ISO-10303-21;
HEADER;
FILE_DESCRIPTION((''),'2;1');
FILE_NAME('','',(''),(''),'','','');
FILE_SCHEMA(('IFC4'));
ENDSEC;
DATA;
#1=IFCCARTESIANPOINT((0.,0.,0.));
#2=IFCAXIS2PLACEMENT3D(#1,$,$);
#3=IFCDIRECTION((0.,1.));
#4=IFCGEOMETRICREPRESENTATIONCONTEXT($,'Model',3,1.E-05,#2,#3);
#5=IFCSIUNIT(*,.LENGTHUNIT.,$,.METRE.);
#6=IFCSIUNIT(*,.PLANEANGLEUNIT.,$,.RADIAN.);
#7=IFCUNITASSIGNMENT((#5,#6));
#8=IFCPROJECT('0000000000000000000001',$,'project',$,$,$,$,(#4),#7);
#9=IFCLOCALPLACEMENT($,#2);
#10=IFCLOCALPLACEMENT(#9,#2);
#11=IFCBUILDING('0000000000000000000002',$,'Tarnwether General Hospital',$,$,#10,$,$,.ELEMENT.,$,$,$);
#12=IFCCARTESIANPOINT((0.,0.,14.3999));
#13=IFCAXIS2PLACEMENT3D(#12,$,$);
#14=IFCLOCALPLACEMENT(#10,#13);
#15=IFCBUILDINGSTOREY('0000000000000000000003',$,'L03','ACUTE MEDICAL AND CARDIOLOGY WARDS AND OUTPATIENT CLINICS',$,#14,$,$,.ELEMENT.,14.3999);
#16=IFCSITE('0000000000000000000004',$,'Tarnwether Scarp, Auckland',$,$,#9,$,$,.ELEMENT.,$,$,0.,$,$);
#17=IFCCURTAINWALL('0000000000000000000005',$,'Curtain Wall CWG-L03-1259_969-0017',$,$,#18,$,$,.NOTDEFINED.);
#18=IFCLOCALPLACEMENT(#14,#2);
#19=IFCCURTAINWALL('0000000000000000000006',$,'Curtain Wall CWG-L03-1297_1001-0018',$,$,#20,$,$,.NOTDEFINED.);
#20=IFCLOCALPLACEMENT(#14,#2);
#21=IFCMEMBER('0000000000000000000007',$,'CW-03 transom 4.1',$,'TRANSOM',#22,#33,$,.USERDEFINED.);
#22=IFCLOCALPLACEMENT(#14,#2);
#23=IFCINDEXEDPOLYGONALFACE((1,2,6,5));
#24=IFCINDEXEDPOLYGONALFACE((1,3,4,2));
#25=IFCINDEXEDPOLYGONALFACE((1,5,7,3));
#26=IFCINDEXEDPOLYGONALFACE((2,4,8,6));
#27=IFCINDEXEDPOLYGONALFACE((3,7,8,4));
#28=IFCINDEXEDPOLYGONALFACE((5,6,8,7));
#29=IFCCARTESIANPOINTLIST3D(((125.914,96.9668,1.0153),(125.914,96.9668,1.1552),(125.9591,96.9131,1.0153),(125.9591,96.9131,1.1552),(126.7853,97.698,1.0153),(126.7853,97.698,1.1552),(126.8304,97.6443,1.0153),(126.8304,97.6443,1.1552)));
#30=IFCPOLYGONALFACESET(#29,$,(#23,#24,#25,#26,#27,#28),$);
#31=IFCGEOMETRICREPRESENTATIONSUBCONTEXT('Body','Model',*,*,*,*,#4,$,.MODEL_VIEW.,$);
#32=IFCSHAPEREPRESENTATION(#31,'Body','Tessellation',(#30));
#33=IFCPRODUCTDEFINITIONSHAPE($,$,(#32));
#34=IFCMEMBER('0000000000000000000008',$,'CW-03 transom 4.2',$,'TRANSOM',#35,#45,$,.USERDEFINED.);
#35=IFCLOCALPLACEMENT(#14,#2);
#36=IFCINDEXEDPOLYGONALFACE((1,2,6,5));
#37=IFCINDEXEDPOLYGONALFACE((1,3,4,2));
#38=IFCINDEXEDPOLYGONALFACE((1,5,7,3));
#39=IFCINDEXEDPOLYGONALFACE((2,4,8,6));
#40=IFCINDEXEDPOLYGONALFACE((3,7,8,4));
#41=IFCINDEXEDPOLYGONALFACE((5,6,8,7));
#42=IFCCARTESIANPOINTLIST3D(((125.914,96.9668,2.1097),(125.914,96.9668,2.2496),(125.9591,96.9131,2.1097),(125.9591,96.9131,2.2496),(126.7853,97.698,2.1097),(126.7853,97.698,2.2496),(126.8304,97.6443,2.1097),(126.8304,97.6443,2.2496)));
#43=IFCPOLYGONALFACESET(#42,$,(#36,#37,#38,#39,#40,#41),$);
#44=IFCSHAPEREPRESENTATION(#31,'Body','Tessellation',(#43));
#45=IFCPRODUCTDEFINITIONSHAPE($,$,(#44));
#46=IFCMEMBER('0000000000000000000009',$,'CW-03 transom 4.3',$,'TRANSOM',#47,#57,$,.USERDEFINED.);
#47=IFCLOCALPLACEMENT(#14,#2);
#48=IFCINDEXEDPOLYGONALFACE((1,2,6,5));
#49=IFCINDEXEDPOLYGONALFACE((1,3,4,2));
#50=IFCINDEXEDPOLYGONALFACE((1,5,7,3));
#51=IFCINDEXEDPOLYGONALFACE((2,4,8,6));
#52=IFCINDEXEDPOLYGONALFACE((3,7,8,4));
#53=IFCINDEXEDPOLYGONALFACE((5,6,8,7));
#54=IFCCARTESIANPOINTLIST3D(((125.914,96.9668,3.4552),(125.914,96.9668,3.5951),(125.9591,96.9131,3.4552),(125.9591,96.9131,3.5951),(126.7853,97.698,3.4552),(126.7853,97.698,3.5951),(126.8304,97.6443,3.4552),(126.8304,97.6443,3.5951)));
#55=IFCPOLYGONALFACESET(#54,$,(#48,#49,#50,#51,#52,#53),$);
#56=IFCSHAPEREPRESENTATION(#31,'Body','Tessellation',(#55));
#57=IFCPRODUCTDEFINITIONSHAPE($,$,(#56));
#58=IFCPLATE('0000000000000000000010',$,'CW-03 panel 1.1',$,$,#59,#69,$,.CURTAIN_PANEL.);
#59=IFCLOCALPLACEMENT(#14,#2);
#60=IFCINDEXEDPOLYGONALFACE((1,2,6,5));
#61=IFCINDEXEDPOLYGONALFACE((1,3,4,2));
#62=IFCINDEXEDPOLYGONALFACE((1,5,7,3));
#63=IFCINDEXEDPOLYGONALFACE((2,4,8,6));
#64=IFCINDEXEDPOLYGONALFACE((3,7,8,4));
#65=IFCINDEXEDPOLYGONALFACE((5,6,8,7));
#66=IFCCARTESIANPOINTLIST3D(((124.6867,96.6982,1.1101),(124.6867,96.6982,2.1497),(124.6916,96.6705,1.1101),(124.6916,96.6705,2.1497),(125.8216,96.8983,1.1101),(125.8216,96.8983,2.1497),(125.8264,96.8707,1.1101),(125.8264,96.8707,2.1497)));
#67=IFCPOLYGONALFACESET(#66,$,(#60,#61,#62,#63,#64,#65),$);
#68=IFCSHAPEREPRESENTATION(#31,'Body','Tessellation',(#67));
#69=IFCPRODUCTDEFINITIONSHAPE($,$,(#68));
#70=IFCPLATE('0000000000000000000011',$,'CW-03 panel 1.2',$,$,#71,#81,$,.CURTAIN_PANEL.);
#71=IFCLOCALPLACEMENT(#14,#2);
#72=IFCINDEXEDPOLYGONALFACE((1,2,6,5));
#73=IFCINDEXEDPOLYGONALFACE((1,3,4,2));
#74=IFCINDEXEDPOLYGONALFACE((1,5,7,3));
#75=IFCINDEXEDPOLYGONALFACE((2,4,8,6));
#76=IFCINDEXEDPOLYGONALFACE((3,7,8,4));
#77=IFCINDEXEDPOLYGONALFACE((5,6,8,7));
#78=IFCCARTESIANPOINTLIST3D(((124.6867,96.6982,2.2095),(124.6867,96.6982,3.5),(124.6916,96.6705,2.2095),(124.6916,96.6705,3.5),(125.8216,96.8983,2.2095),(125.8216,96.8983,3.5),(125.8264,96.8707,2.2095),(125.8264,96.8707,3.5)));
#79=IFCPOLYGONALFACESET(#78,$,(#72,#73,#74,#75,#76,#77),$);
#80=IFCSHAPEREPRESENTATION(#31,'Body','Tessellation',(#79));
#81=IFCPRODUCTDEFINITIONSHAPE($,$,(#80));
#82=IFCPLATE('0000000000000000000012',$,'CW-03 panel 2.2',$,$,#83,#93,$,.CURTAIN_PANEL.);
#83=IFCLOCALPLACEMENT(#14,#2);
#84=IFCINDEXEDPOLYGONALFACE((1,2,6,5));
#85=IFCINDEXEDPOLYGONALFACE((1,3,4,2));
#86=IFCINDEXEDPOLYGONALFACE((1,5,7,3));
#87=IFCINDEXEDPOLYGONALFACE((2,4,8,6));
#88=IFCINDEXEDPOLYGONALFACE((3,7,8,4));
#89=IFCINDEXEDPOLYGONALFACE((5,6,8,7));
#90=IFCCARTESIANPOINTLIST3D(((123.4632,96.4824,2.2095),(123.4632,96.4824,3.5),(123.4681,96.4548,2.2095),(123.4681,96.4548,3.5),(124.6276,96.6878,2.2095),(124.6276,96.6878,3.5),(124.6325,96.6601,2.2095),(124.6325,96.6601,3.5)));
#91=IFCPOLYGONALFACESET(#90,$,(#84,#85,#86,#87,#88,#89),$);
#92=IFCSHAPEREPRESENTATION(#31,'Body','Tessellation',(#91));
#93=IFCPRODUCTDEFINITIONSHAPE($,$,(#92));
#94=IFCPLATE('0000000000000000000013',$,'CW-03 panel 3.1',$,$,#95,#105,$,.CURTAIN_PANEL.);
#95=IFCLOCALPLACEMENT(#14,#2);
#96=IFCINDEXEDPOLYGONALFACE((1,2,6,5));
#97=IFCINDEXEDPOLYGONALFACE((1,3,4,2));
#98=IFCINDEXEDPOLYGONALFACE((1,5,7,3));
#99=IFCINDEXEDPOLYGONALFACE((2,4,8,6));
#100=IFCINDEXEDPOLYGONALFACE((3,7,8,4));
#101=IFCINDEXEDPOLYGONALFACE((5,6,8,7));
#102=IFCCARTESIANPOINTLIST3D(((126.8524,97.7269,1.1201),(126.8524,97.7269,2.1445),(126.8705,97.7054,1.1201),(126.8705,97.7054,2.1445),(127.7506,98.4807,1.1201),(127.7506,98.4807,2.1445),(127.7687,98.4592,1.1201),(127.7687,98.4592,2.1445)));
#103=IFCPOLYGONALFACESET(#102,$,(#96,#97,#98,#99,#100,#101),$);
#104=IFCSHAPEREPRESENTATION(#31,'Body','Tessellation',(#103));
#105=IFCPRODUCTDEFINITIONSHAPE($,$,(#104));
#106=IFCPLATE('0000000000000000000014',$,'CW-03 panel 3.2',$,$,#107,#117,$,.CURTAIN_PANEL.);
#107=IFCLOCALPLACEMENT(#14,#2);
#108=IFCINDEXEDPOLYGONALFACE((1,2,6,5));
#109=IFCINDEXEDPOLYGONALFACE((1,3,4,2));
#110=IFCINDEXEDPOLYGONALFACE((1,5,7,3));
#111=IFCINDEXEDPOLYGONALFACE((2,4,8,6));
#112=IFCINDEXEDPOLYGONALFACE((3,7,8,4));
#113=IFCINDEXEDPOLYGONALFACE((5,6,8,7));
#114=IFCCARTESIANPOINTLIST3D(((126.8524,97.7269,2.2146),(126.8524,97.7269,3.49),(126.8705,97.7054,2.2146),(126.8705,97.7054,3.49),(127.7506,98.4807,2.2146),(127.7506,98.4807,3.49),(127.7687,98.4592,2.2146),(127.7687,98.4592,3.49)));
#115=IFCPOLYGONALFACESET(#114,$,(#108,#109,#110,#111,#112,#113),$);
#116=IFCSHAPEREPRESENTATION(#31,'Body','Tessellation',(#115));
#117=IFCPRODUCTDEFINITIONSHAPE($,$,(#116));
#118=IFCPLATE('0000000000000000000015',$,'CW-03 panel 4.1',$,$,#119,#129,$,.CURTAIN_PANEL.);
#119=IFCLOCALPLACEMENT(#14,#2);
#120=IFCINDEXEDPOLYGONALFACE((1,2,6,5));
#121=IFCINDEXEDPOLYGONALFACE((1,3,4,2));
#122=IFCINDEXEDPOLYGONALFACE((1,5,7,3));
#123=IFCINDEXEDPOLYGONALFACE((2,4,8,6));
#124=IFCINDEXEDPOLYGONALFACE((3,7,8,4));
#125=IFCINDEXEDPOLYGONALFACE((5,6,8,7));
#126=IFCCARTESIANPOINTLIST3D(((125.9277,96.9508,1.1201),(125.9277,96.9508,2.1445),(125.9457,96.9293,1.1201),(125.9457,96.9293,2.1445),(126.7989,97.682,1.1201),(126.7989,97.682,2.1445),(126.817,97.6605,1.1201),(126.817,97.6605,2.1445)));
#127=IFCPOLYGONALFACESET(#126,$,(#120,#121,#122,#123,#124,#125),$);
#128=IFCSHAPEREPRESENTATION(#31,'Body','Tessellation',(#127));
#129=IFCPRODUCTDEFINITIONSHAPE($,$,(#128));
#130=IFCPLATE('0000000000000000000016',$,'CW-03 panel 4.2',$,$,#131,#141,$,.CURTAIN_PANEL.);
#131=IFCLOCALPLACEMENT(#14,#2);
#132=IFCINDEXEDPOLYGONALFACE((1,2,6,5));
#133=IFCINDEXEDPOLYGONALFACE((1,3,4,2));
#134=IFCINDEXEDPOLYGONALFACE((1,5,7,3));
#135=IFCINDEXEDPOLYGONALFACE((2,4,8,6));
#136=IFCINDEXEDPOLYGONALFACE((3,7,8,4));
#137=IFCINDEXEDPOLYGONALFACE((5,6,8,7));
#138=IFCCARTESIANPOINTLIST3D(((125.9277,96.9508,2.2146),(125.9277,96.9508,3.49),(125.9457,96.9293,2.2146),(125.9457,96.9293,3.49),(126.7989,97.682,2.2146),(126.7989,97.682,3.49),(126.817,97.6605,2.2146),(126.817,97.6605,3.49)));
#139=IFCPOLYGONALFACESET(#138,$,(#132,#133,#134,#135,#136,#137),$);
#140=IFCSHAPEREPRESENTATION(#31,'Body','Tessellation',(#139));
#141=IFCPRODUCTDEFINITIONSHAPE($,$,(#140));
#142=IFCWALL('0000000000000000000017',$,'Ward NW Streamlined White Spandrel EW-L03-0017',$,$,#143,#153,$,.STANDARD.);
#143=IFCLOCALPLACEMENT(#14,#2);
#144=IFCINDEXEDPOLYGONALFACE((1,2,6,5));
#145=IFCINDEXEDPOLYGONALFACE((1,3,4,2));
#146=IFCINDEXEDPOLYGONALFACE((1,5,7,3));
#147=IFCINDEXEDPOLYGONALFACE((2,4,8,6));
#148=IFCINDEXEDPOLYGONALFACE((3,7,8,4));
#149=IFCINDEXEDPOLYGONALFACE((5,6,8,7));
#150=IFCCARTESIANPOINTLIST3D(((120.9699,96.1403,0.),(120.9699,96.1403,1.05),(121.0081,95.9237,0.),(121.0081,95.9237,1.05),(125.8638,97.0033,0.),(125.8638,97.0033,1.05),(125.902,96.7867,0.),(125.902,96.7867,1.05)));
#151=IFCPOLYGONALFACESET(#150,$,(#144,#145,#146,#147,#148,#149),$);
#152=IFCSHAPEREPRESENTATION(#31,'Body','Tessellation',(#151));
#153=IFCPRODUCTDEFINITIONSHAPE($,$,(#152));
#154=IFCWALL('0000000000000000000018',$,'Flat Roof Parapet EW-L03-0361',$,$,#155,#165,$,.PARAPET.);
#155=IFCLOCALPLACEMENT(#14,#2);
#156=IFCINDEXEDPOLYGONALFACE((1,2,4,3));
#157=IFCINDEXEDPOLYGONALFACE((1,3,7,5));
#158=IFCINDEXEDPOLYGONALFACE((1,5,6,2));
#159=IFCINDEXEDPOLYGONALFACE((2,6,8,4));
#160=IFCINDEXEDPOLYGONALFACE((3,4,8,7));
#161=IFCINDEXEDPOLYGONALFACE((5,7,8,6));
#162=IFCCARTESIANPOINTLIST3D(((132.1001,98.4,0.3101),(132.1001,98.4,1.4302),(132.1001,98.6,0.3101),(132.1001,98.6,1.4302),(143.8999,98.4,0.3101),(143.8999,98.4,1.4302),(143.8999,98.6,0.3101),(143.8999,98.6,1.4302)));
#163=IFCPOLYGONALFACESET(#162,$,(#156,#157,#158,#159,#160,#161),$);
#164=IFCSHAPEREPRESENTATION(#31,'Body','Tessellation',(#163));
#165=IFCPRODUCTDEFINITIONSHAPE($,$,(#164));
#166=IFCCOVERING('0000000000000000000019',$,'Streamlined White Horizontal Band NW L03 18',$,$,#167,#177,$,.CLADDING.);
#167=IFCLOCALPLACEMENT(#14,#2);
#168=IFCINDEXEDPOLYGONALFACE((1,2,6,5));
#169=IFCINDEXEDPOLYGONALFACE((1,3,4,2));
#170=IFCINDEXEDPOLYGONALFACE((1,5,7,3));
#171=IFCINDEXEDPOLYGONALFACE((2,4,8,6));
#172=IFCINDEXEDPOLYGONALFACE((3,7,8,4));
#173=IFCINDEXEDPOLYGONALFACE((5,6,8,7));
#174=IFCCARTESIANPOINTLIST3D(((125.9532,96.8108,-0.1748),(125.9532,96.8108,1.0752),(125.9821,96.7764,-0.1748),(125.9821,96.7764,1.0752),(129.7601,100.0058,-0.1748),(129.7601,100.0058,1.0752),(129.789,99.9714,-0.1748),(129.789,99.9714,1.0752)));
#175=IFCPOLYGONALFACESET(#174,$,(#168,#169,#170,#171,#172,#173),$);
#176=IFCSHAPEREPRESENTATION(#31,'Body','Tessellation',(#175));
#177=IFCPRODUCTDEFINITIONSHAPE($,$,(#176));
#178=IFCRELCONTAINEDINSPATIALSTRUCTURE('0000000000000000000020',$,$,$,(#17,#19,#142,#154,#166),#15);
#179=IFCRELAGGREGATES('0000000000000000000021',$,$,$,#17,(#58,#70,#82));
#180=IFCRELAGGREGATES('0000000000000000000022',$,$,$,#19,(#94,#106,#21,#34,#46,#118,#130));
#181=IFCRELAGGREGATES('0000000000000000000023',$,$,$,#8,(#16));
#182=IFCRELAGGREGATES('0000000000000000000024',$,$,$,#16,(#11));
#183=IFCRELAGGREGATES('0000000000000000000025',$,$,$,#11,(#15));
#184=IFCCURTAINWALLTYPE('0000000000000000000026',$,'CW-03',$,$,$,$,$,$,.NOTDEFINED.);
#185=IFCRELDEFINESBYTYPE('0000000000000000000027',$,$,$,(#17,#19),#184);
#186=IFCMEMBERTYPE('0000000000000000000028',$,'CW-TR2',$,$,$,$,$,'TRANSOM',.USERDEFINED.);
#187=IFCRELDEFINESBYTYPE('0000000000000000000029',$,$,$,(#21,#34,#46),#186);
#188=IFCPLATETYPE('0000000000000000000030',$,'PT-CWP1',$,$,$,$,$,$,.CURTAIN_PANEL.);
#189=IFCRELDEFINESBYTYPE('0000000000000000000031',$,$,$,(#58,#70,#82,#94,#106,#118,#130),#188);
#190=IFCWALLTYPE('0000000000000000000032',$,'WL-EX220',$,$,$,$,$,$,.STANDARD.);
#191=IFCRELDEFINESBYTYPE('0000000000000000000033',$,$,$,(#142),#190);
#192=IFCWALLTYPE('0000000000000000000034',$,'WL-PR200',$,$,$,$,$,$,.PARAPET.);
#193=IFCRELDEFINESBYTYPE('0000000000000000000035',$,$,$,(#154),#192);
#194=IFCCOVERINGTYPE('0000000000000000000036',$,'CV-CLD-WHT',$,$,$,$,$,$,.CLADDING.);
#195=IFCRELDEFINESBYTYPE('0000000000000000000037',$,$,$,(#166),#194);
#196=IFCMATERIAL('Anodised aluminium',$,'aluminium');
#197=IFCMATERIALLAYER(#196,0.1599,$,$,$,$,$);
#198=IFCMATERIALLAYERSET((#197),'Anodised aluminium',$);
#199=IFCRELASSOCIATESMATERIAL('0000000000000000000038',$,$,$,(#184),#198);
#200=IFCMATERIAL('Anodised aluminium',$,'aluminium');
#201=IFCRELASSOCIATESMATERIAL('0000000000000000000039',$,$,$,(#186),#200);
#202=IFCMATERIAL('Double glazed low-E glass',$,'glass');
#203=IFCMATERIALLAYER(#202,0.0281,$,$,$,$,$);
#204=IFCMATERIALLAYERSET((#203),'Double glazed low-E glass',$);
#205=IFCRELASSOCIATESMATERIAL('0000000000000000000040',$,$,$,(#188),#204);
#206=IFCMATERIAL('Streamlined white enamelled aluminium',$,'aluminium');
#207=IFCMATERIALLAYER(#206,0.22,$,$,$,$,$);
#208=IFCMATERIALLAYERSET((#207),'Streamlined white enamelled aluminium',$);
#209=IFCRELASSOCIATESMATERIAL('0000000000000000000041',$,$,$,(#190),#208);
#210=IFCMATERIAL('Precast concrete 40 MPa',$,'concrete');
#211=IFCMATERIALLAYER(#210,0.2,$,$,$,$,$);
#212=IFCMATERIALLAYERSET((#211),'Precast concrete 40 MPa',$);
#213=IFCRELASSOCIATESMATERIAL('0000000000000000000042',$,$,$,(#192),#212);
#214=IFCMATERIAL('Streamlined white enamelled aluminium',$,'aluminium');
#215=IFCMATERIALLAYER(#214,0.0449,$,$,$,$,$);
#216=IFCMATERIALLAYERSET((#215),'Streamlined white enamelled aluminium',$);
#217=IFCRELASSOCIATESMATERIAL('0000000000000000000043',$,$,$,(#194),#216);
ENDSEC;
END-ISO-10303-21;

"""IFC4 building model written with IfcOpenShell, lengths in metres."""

from ifc_helpers import new_model, si_unit, direction, frame, frame_2d, origin, origin_2d, place, context, subcontext, project, spatial, rectangle, extrude, material, layer, layer_set, material_profile, profile_set, type_object, element, aggregate, save


model = new_model("IFC4")

# Units and contexts
model_context = context("Model", 3, precision=1e-05, world=origin(), true_north=direction((0.0, 1.0)))
body_context = subcontext(model_context, "Body", "Model", "MODEL_VIEW")
ifc_project = project(units=[si_unit("LENGTHUNIT", "METRE"), si_unit("PLANEANGLEUNIT", "RADIAN")], contexts=[model_context])

# Site, building, storey
site_placement = place(None, origin())
site = spatial("IfcSite", under=ifc_project, at=site_placement, Name="Tarnwether Scarp, Auckland", CompositionType="ELEMENT", RefElevation=0.0)
building_placement = place(site_placement, origin())
building = spatial("IfcBuilding", under=site, at=building_placement, Name="Tarnwether General Hospital", CompositionType="ELEMENT")
storey_placement = place(building_placement, frame((0.0, 0.0, 14.3999)))
storey = spatial("IfcBuildingStorey", under=building, at=storey_placement, Name="L03", Description="ACUTE MEDICAL AND CARDIOLOGY WARDS AND OUTPATIENT CLINICS", CompositionType="ELEMENT", Elevation=14.3999)

# Curtain walls
ifc_material_1 = material(Name="Anodised aluminium", Category="aluminium")
ifc_layer_1 = layer(ifc_material_1, 0.1599)
ifc_layer_set_1 = layer_set([ifc_layer_1], Name="Anodised aluminium")
curtain_wall_type = type_object("IfcCurtainWallType", Name="CW-03", PredefinedType="NOTDEFINED", material=ifc_layer_set_1)
curtain_wall_1_placement = place(storey_placement, origin())
curtain_wall_1 = element("IfcCurtainWall", 1, at=curtain_wall_1_placement, inside=storey, type_object=curtain_wall_type, Name="Curtain Wall CWG-L03-1259_969-0017", PredefinedType="NOTDEFINED")
curtain_wall_2_placement = place(storey_placement, origin())
curtain_wall_2 = element("IfcCurtainWall", 2, at=curtain_wall_2_placement, inside=storey, type_object=curtain_wall_type, Name="Curtain Wall CWG-L03-1297_1001-0018", PredefinedType="NOTDEFINED")

# Members
ifc_material_2 = material(Name="Anodised aluminium", Category="aluminium")
ifc_material_profile_1 = material_profile(ifc_material_2, rectangle(XDim=0.0701, YDim=0.1399, at=origin_2d()), Name="ALU-TRN-70x140")
ifc_profile_set_1 = profile_set([ifc_material_profile_1], Name="Anodised aluminium")
member_type_1 = type_object("IfcMemberType", Name="CW-TR2", ElementType="TRANSOM", PredefinedType="USERDEFINED", material=ifc_profile_set_1)
member_1_placement = place(storey_placement, frame((126.8079, 97.6711, 1.0852), z_axis=(-0.766018, -0.64282, 0.0), x_axis=(0.64282, -0.766018, 0.0)))
member_1 = element("IfcMember", 3, at=member_1_placement, type_object=member_type_1, Name="CW-03 transom 4.1", ObjectType="TRANSOM", PredefinedType="USERDEFINED", context=body_context, shape_type="SweptSolid", body=[
    extrude(rectangle(XDim=0.0701, YDim=0.1399, at=origin_2d()), origin(), (0.0, 0.0, 1.0), 1.1375),
])
member_2_placement = place(storey_placement, frame((126.8079, 97.6711, 2.1797), z_axis=(-0.766018, -0.64282, 0.0), x_axis=(0.64282, -0.766018, 0.0)))
member_2 = element("IfcMember", 4, at=member_2_placement, type_object=member_type_1, Name="CW-03 transom 4.2", ObjectType="TRANSOM", PredefinedType="USERDEFINED", context=body_context, shape_type="SweptSolid", body=[
    extrude(rectangle(XDim=0.0701, YDim=0.1399, at=origin_2d()), origin(), (0.0, 0.0, 1.0), 1.1375),
])
member_3_placement = place(storey_placement, frame((126.8079, 97.6711, 3.5251), z_axis=(-0.766018, -0.64282, 0.0), x_axis=(0.64282, -0.766018, 0.0)))
member_3 = element("IfcMember", 5, at=member_3_placement, type_object=member_type_1, Name="CW-03 transom 4.3", ObjectType="TRANSOM", PredefinedType="USERDEFINED", context=body_context, shape_type="SweptSolid", body=[
    extrude(rectangle(XDim=0.0701, YDim=0.1399, at=origin_2d()), origin(), (0.0, 0.0, 1.0), 1.1375),
])

# Plates
ifc_material_3 = material(Name="Double glazed low-E glass", Category="glass")
ifc_layer_2 = layer(ifc_material_3, 0.0281)
ifc_layer_set_2 = layer_set([ifc_layer_2], Name="Double glazed low-E glass")
plate_type = type_object("IfcPlateType", Name="PT-CWP1", PredefinedType="CURTAIN_PANEL", material=ifc_layer_set_2)
plate_1_placement = place(storey_placement, frame((125.2566, 96.7844, 1.1101), z_axis=(0.0, 0.0, 1.0), x_axis=(-0.984806, -0.173659, 0.0)))
plate_1 = element("IfcPlate", 6, at=plate_1_placement, type_object=plate_type, Name="CW-03 panel 1.1", PredefinedType="CURTAIN_PANEL", context=body_context, shape_type="SweptSolid", body=[
    extrude(rectangle(XDim=1.1523, YDim=0.0281, at=origin_2d()), origin(), (0.0, 0.0, 1.0), 1.0396),
])
plate_2_placement = place(storey_placement, frame((125.2566, 96.7844, 2.2095), z_axis=(0.0, 0.0, 1.0), x_axis=(-0.984806, -0.173659, 0.0)))
plate_2 = element("IfcPlate", 7, at=plate_2_placement, type_object=plate_type, Name="CW-03 panel 1.2", PredefinedType="CURTAIN_PANEL", context=body_context, shape_type="SweptSolid", body=[
    extrude(rectangle(XDim=1.1523, YDim=0.0281, at=origin_2d()), origin(), (0.0, 0.0, 1.0), 1.2905),
])
plate_3_placement = place(storey_placement, frame((124.0479, 96.5713, 2.2095), z_axis=(0.0, 0.0, 1.0), x_axis=(-0.984806, -0.173659, 0.0)))
plate_3 = element("IfcPlate", 8, at=plate_3_placement, type_object=plate_type, Name="CW-03 panel 2.2", PredefinedType="CURTAIN_PANEL", context=body_context, shape_type="SweptSolid", body=[
    extrude(rectangle(XDim=1.1824, YDim=0.0281, at=origin_2d()), origin(), (0.0, 0.0, 1.0), 1.2905),
])
aggregate(curtain_wall_1, [plate_1, plate_2, plate_3])
plate_4_placement = place(storey_placement, frame((127.3105, 98.093, 1.1201), z_axis=(0.0, 0.0, 1.0), x_axis=(-0.76599, -0.642852, 0.0)))
plate_4 = element("IfcPlate", 9, at=plate_4_placement, type_object=plate_type, Name="CW-03 panel 3.1", PredefinedType="CURTAIN_PANEL", context=body_context, shape_type="SweptSolid", body=[
    extrude(rectangle(XDim=1.1726, YDim=0.0281, at=origin_2d()), origin(), (0.0, 0.0, 1.0), 1.0244),
])
plate_5_placement = place(storey_placement, frame((127.3105, 98.093, 2.2146), z_axis=(0.0, 0.0, 1.0), x_axis=(-0.76599, -0.642852, 0.0)))
plate_5 = element("IfcPlate", 10, at=plate_5_placement, type_object=plate_type, Name="CW-03 panel 3.2", PredefinedType="CURTAIN_PANEL", context=body_context, shape_type="SweptSolid", body=[
    extrude(rectangle(XDim=1.1726, YDim=0.0281, at=origin_2d()), origin(), (0.0, 0.0, 1.0), 1.2754),
])
plate_6_placement = place(storey_placement, frame((126.3723, 97.3057, 1.1201), z_axis=(0.0, 0.0, 1.0), x_axis=(-0.76599, -0.642852, 0.0)))
plate_6 = element("IfcPlate", 11, at=plate_6_placement, type_object=plate_type, Name="CW-03 panel 4.1", PredefinedType="CURTAIN_PANEL", context=body_context, shape_type="SweptSolid", body=[
    extrude(rectangle(XDim=1.1375, YDim=0.0281, at=origin_2d()), origin(), (0.0, 0.0, 1.0), 1.0244),
])
plate_7_placement = place(storey_placement, frame((126.3723, 97.3057, 2.2146), z_axis=(0.0, 0.0, 1.0), x_axis=(-0.76599, -0.642852, 0.0)))
plate_7 = element("IfcPlate", 12, at=plate_7_placement, type_object=plate_type, Name="CW-03 panel 4.2", PredefinedType="CURTAIN_PANEL", context=body_context, shape_type="SweptSolid", body=[
    extrude(rectangle(XDim=1.1375, YDim=0.0281, at=origin_2d()), origin(), (0.0, 0.0, 1.0), 1.2754),
])
aggregate(curtain_wall_2, [plate_4, plate_5, member_1, member_2, member_3, plate_6, plate_7])

# Walls
ifc_material_4 = material(Name="Streamlined white enamelled aluminium", Category="aluminium")
ifc_layer_3 = layer(ifc_material_4, 0.22)
ifc_layer_set_3 = layer_set([ifc_layer_3], Name="Streamlined white enamelled aluminium")
wall_type_1 = type_object("IfcWallType", Name="WL-EX220", PredefinedType="STANDARD", material=ifc_layer_set_3)
wall_1_placement = place(storey_placement, frame((125.8831, 96.895, 0.0), z_axis=(0.0, 0.0, 1.0), x_axis=(-0.984805, -0.173665, 0.0)))
element("IfcWall", 13, at=wall_1_placement, inside=storey, type_object=wall_type_1, Name="Ward NW Streamlined White Spandrel EW-L03-0017", PredefinedType="STANDARD", context=body_context, shape_type="SweptSolid", body=[
    extrude(rectangle(XDim=4.9695, YDim=0.22, at=frame_2d((2.4849, 0.0))), origin(), (0.0, 0.0, 1.0), 1.05),
])
ifc_material_5 = material(Name="Precast concrete 40 MPa", Category="concrete")
ifc_layer_4 = layer(ifc_material_5, 0.2)
ifc_layer_set_4 = layer_set([ifc_layer_4], Name="Precast concrete 40 MPa")
wall_type_2 = type_object("IfcWallType", Name="WL-PR200", PredefinedType="PARAPET", material=ifc_layer_set_4)
wall_2_placement = place(storey_placement, frame((143.8999, 98.5, 0.3101), z_axis=(0.0, 0.0, 1.0), x_axis=(-1.0, 0.0, 0.0)))
element("IfcWall", 14, at=wall_2_placement, inside=storey, type_object=wall_type_2, Name="Flat Roof Parapet EW-L03-0361", PredefinedType="PARAPET", context=body_context, shape_type="SweptSolid", body=[
    extrude(rectangle(XDim=11.7998, YDim=0.2, at=frame_2d((5.8999, 0.0))), origin(), (0.0, 0.0, 1.0), 1.1201),
])

# Covering
ifc_material_6 = material(Name="Streamlined white enamelled aluminium", Category="aluminium")
ifc_layer_5 = layer(ifc_material_6, 0.0449)
ifc_layer_set_5 = layer_set([ifc_layer_5], Name="Streamlined white enamelled aluminium")
covering_type = type_object("IfcCoveringType", Name="CV-CLD-WHT", PredefinedType="CLADDING", material=ifc_layer_set_5)
covering_placement = place(storey_placement, frame((127.8711, 98.3911, -0.1748), z_axis=(0.0, 0.0, 1.0), x_axis=(-0.765988, -0.642854, 0.0)))
element("IfcCovering", 15, at=covering_placement, inside=storey, type_object=covering_type, Name="Streamlined White Horizontal Band NW L03 18", PredefinedType="CLADDING", context=body_context, shape_type="SweptSolid", body=[
    extrude(rectangle(XDim=4.97, YDim=0.0449, at=origin_2d()), origin(), (0.0, 0.0, 1.0), 1.25),
])

save(model, "model.ifc")
